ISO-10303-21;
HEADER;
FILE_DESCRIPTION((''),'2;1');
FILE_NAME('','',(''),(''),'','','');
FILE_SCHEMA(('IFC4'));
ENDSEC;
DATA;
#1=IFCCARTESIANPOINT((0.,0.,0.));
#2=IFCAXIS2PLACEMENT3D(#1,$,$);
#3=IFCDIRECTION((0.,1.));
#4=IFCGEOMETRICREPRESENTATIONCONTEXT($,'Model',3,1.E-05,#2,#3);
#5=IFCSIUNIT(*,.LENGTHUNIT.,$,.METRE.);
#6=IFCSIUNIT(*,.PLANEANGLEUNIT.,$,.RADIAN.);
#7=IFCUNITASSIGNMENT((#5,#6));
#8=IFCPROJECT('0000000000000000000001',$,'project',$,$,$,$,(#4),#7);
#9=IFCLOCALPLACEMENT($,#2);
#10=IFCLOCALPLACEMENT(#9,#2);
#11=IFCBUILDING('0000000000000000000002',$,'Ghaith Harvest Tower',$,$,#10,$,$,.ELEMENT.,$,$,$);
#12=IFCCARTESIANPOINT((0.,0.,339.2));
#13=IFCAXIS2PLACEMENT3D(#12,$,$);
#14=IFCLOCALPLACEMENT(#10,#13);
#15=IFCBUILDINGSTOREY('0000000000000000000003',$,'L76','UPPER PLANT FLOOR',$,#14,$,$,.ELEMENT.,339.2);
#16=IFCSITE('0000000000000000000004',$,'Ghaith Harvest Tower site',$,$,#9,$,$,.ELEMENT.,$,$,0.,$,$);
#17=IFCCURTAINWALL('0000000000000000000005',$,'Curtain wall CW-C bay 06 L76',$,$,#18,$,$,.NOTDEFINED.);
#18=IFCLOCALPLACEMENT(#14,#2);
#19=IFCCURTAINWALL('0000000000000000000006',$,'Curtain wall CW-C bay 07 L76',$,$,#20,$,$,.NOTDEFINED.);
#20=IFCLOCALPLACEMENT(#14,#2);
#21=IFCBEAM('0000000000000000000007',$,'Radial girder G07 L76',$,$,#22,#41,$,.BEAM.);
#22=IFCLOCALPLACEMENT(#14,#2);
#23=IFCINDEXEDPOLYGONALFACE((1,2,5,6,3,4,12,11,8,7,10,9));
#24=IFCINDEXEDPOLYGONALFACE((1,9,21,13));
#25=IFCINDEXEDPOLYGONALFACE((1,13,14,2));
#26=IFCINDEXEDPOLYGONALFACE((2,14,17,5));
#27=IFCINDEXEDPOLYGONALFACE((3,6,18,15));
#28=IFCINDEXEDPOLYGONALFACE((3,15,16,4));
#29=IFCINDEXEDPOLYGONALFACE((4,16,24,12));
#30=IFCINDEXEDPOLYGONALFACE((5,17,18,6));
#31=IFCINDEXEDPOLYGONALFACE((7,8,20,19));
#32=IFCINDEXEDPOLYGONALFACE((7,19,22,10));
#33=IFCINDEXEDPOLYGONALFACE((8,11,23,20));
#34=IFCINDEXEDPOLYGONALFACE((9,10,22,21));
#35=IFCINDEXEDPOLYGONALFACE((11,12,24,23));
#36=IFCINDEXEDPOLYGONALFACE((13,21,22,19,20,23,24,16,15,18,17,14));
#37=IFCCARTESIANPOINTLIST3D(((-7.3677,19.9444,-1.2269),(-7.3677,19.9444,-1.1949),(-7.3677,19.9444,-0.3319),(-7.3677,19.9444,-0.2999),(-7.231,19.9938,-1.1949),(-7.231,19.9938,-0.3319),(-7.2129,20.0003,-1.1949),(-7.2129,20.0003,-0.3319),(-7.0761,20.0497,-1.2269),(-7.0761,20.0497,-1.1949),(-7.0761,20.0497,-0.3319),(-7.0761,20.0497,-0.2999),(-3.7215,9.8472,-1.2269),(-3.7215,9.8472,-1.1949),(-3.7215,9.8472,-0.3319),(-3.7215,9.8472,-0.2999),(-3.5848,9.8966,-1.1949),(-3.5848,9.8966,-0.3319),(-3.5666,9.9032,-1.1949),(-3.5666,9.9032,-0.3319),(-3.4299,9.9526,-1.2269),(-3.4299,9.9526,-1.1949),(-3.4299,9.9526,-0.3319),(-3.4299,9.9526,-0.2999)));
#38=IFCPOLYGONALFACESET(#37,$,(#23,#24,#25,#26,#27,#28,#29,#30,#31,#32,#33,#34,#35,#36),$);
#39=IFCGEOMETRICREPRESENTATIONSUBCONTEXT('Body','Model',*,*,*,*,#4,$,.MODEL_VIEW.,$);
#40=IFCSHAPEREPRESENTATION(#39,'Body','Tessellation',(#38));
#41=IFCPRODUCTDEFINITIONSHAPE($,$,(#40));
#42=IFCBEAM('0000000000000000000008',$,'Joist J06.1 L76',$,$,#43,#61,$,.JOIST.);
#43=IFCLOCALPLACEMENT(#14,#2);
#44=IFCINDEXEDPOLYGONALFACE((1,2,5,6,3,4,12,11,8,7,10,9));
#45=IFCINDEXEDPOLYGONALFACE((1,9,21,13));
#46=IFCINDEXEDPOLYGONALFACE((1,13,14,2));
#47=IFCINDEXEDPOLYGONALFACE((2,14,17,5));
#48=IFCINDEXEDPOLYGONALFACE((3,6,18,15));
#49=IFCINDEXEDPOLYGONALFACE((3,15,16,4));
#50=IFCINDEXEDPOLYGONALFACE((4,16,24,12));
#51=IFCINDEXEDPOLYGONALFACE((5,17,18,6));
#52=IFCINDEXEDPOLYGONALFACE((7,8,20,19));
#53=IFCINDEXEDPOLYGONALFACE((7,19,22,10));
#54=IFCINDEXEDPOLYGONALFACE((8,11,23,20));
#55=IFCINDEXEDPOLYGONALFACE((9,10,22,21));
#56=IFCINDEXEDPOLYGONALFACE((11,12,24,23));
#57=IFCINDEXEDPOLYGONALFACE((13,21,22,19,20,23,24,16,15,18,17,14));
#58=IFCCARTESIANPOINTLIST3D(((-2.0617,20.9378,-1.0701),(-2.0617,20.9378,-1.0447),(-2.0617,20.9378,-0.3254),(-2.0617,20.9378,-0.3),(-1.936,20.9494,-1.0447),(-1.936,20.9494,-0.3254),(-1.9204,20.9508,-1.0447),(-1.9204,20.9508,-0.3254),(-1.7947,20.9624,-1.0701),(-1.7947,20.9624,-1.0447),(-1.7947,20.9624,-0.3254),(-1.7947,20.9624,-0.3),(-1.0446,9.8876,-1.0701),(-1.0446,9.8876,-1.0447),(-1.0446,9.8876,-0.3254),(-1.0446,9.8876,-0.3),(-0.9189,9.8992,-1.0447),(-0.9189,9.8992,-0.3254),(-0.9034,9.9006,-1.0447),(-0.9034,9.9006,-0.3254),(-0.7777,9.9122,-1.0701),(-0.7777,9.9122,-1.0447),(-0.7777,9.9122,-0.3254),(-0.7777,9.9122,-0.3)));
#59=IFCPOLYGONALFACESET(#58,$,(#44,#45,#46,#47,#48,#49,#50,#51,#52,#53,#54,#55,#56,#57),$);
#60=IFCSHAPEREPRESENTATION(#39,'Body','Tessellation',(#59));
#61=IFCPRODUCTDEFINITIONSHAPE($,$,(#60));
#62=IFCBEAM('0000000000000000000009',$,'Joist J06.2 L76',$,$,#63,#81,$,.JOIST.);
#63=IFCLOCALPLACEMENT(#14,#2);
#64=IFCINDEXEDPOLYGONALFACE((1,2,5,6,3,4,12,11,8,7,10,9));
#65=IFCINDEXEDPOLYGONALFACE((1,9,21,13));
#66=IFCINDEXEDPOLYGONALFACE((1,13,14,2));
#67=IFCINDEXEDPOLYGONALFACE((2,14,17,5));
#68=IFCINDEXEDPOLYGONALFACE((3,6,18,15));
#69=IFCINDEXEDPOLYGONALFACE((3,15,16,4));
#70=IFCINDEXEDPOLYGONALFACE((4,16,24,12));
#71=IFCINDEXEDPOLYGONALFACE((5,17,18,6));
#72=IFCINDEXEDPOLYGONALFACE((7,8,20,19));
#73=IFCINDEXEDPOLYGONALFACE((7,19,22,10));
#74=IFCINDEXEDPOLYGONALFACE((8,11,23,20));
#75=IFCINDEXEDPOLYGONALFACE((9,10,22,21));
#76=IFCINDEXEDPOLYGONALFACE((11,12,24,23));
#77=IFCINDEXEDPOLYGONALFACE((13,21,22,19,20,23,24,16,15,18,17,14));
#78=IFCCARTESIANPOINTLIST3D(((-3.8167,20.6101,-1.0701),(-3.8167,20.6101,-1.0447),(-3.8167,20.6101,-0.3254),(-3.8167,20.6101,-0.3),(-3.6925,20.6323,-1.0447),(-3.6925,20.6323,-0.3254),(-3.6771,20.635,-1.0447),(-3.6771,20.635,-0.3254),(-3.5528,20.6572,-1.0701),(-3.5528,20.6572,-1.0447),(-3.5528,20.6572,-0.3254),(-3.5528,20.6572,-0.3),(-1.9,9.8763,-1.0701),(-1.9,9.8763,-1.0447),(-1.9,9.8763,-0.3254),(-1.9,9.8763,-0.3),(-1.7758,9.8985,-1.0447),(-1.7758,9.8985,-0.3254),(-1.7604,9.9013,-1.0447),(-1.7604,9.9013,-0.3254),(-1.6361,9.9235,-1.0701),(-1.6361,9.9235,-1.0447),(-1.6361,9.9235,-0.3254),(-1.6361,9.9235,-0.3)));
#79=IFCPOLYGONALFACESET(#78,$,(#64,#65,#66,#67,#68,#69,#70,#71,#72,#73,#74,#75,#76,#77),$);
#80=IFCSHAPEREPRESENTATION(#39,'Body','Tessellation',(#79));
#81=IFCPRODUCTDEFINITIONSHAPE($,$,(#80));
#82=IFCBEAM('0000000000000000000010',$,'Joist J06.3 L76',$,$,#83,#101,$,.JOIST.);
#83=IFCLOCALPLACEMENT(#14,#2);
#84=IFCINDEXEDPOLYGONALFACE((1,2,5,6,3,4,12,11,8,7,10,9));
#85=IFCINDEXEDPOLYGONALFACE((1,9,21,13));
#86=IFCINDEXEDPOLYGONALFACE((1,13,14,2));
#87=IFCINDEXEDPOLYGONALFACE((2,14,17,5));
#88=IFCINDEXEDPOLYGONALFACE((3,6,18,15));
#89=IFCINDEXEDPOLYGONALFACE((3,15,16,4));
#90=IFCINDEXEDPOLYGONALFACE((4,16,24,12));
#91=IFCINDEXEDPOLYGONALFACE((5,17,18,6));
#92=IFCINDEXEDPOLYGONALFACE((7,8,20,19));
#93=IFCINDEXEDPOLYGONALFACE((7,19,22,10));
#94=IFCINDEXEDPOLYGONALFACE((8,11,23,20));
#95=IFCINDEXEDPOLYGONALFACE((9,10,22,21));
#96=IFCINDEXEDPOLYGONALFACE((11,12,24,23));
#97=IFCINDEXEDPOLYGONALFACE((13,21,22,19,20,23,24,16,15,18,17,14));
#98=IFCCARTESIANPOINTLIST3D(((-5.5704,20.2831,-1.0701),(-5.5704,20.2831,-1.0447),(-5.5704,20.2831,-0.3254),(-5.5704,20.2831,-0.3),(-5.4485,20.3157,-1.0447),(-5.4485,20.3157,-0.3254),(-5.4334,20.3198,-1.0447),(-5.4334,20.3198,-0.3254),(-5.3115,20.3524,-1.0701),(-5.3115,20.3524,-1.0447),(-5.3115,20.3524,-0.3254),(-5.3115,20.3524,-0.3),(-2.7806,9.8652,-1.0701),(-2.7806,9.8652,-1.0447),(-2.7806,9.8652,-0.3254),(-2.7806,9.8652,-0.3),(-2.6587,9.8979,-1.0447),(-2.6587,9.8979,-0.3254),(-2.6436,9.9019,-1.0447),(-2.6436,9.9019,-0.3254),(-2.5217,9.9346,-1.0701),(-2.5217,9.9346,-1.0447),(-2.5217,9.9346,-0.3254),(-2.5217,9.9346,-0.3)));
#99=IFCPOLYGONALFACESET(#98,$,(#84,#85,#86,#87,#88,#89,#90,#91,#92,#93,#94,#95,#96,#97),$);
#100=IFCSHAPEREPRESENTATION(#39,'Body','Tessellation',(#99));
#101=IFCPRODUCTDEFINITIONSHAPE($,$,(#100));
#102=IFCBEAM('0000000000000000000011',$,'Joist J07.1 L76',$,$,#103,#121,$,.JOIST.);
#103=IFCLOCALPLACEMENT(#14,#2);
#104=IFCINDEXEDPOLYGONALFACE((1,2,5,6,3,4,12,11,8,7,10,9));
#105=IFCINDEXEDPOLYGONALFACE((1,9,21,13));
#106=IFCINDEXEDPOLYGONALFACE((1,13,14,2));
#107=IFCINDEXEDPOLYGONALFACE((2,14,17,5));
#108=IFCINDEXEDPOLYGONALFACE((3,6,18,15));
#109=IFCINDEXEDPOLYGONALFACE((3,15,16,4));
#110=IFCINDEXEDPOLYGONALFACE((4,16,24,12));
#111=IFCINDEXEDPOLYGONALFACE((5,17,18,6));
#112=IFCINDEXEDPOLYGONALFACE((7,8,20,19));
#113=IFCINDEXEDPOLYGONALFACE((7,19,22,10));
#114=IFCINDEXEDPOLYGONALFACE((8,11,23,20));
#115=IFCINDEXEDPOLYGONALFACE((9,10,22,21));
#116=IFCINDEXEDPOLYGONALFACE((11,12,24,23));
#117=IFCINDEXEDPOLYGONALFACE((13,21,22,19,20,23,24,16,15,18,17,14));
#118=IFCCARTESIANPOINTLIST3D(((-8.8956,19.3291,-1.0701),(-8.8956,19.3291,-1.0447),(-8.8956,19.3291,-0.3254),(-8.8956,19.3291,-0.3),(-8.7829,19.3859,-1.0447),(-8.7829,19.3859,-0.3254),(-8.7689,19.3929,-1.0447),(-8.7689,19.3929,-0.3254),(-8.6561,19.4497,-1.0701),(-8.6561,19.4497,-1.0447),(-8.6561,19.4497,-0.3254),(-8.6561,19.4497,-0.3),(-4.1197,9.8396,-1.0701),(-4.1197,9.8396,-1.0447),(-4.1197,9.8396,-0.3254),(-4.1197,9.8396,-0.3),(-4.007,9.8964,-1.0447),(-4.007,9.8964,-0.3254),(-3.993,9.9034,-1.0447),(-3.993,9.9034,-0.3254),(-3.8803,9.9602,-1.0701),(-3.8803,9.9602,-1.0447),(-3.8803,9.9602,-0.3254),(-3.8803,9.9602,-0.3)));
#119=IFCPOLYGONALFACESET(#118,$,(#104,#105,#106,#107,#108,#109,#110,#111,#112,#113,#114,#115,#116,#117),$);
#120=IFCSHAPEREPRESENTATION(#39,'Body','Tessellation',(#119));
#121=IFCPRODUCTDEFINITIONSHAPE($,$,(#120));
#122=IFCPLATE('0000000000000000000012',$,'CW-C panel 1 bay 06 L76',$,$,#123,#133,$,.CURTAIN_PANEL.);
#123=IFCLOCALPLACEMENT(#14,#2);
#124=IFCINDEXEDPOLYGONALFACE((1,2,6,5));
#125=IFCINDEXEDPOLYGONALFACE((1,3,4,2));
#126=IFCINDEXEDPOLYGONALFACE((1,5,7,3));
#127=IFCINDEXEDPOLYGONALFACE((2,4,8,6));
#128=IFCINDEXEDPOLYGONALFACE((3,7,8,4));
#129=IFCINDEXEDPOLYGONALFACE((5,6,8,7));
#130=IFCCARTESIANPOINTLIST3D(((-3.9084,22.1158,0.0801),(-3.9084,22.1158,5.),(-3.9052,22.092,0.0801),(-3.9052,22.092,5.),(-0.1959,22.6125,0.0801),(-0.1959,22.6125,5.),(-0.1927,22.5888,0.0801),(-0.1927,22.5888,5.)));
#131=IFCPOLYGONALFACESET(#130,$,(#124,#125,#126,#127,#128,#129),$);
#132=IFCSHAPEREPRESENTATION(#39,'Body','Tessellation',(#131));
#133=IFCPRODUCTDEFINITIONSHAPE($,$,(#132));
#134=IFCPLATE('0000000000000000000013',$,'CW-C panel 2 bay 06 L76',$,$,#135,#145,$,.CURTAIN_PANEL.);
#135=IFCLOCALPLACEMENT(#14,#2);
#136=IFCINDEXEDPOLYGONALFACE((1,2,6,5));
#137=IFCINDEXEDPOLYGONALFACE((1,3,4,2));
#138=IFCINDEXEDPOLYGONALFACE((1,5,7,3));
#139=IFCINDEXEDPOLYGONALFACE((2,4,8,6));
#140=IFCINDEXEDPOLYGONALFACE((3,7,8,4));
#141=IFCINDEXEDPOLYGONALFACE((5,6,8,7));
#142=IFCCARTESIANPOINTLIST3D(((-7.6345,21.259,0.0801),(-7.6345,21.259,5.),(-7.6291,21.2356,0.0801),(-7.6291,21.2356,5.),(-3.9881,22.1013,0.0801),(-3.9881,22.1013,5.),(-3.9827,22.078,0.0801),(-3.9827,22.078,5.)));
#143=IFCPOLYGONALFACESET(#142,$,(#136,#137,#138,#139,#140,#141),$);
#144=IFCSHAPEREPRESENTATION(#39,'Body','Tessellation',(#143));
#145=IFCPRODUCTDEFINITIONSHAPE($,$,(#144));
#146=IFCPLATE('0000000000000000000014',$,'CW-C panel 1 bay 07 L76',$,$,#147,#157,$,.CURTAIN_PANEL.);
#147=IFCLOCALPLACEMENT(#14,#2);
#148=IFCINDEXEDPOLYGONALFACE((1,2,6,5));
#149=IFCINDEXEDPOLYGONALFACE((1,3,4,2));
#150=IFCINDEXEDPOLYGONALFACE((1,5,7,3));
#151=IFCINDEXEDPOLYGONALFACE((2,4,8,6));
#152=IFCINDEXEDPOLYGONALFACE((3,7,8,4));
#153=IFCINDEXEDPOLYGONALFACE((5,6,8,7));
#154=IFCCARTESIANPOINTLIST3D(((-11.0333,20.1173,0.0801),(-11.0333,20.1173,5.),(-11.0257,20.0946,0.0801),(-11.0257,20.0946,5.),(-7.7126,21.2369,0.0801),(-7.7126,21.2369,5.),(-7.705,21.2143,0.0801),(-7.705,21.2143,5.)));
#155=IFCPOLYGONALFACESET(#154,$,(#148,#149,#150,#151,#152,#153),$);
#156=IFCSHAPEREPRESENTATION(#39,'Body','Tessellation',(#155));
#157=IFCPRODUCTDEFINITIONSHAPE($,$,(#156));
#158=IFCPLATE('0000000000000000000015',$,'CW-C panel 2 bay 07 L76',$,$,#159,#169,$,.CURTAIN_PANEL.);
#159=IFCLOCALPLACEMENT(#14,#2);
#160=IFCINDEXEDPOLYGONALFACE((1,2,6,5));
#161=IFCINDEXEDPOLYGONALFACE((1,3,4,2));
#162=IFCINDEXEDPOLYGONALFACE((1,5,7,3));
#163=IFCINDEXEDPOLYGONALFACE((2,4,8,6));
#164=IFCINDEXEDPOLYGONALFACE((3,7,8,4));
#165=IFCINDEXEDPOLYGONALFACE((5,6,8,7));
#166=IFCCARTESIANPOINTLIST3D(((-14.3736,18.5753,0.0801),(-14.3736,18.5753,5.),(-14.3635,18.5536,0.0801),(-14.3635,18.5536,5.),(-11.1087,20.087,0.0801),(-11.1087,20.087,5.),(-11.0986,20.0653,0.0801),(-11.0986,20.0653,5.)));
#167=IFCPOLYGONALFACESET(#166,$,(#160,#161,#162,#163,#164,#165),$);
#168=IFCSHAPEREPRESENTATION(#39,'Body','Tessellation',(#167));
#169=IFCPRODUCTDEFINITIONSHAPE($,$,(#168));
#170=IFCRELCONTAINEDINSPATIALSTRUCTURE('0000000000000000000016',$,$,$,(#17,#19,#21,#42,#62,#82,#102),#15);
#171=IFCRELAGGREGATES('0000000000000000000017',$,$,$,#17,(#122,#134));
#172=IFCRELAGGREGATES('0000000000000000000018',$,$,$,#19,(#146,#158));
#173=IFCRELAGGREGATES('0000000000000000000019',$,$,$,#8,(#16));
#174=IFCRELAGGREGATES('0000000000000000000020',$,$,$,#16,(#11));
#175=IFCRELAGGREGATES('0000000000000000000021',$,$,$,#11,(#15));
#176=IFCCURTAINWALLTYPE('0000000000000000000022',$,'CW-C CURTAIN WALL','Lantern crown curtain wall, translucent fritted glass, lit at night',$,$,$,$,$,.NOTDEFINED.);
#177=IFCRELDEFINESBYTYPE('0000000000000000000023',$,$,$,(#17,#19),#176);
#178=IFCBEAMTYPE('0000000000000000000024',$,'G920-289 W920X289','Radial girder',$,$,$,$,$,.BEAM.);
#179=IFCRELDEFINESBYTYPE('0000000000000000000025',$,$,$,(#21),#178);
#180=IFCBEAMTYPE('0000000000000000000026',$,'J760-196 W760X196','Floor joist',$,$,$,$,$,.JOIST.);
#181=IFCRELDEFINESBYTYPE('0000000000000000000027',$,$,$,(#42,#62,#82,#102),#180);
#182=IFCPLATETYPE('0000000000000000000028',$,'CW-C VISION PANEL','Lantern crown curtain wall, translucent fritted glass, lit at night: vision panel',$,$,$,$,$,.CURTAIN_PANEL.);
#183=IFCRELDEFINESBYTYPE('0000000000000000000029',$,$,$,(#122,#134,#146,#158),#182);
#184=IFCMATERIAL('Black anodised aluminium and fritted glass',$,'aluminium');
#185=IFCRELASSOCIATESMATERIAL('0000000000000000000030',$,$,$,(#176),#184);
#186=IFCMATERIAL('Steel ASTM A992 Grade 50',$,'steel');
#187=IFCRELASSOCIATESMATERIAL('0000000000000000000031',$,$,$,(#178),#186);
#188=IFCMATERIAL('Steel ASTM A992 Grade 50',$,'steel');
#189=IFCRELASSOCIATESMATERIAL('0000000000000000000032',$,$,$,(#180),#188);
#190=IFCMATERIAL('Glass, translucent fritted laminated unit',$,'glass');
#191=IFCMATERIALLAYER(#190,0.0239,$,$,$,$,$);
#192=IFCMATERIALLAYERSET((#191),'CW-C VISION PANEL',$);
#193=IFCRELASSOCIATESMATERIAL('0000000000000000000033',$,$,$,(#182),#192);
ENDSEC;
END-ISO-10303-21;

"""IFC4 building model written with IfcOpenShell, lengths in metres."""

from ifc_helpers import new_model, si_unit, direction, frame, origin, origin_2d, place, context, subcontext, project, spatial, rectangle, i_section, extrude, material, layer, layer_set, material_profile, profile_set, type_object, element, aggregate, save


model = new_model("IFC4")

# Units and contexts
model_context = context("Model", 3, precision=1e-05, world=origin(), true_north=direction((0.0, 1.0)))
body_context = subcontext(model_context, "Body", "Model", "MODEL_VIEW")
ifc_project = project(units=[si_unit("LENGTHUNIT", "METRE"), si_unit("PLANEANGLEUNIT", "RADIAN")], contexts=[model_context])

# Site, building, storey
site_placement = place(None, origin())
site = spatial("IfcSite", under=ifc_project, at=site_placement, Name="Ghaith Harvest Tower site", CompositionType="ELEMENT", RefElevation=0.0)
building_placement = place(site_placement, origin())
building = spatial("IfcBuilding", under=site, at=building_placement, Name="Ghaith Harvest Tower", CompositionType="ELEMENT")
storey_placement = place(building_placement, frame((0.0, 0.0, 339.2)))
storey = spatial("IfcBuildingStorey", under=building, at=storey_placement, Name="L76", Description="UPPER PLANT FLOOR", CompositionType="ELEMENT", Elevation=339.2)

# Curtain walls
ifc_material_1 = material(Name="Black anodised aluminium and fritted glass", Category="aluminium")
curtain_wall_type = type_object("IfcCurtainWallType", Name="CW-C CURTAIN WALL", Description="Lantern crown curtain wall, translucent fritted glass, lit at night", PredefinedType="NOTDEFINED", material=ifc_material_1)
curtain_wall_1_placement = place(storey_placement, origin())
curtain_wall_1 = element("IfcCurtainWall", 1, at=curtain_wall_1_placement, inside=storey, type_object=curtain_wall_type, Name="Curtain wall CW-C bay 06 L76", PredefinedType="NOTDEFINED")
curtain_wall_2_placement = place(storey_placement, origin())
curtain_wall_2 = element("IfcCurtainWall", 2, at=curtain_wall_2_placement, inside=storey, type_object=curtain_wall_type, Name="Curtain wall CW-C bay 07 L76", PredefinedType="NOTDEFINED")

# Beams
ifc_material_2 = material(Name="Steel ASTM A992 Grade 50", Category="steel")
ifc_material_profile_1 = material_profile(ifc_material_2, i_section(OverallWidth=0.3101, OverallDepth=0.927, WebThickness=0.0193, FlangeThickness=0.032, at=origin_2d()), Name="W920X289")
ifc_profile_set_1 = profile_set([ifc_material_profile_1], Name="Steel ASTM A992 Grade 50")
beam_type_1 = type_object("IfcBeamType", Name="G920-289 W920X289", Description="Radial girder", PredefinedType="BEAM", material=ifc_profile_set_1)
beam_1_placement = place(storey_placement, frame((-3.5757, 9.8999, -0.7634), z_axis=(-0.339648, 0.940553, 0.0), x_axis=(-0.940553, -0.339648, 0.0)))
element("IfcBeam", 3, at=beam_1_placement, inside=storey, type_object=beam_type_1, Name="Radial girder G07 L76", PredefinedType="BEAM", context=body_context, shape_type="SweptSolid", body=[
    extrude(i_section(OverallWidth=0.3101, OverallDepth=0.927, WebThickness=0.0193, FlangeThickness=0.032, at=origin_2d()), origin(), (0.0, 0.0, 1.0), 10.7354),
])
ifc_material_3 = material(Name="Steel ASTM A992 Grade 50", Category="steel")
ifc_material_profile_2 = material_profile(ifc_material_3, i_section(OverallWidth=0.2681, OverallDepth=0.77, WebThickness=0.0156, FlangeThickness=0.0254, at=origin_2d()), Name="W760X196")
ifc_profile_set_2 = profile_set([ifc_material_profile_2], Name="Steel ASTM A992 Grade 50")
beam_type_2 = type_object("IfcBeamType", Name="J760-196 W760X196", Description="Floor joist", PredefinedType="JOIST", material=ifc_profile_set_2)
beam_2_placement = place(storey_placement, frame((-0.9111, 9.8999, -0.6851), z_axis=(-0.091654, 0.995791, 0.0), x_axis=(-0.995791, -0.091654, 0.0)))
element("IfcBeam", 4, at=beam_2_placement, inside=storey, type_object=beam_type_2, Name="Joist J06.1 L76", PredefinedType="JOIST", context=body_context, shape_type="SweptSolid", body=[
    extrude(i_section(OverallWidth=0.2681, OverallDepth=0.77, WebThickness=0.0156, FlangeThickness=0.0254, at=origin_2d()), origin(), (0.0, 0.0, 1.0), 11.0969),
])
beam_3_placement = place(storey_placement, frame((-1.7681, 9.8999, -0.6851), z_axis=(-0.175789, 0.984428, 0.0), x_axis=(-0.984428, -0.175789, 0.0)))
element("IfcBeam", 5, at=beam_3_placement, inside=storey, type_object=beam_type_2, Name="Joist J06.2 L76", PredefinedType="JOIST", context=body_context, shape_type="SweptSolid", body=[
    extrude(i_section(OverallWidth=0.2681, OverallDepth=0.77, WebThickness=0.0156, FlangeThickness=0.0254, at=origin_2d()), origin(), (0.0, 0.0, 1.0), 10.9036),
])
beam_4_placement = place(storey_placement, frame((-2.6511, 9.8999, -0.6851), z_axis=(-0.258678, 0.965964, 0.0), x_axis=(-0.965964, -0.258678, 0.0)))
element("IfcBeam", 6, at=beam_4_placement, inside=storey, type_object=beam_type_2, Name="Joist J06.3 L76", PredefinedType="JOIST", context=body_context, shape_type="SweptSolid", body=[
    extrude(i_section(OverallWidth=0.2681, OverallDepth=0.77, WebThickness=0.0156, FlangeThickness=0.0254, at=origin_2d()), origin(), (0.0, 0.0, 1.0), 10.7849),
])
beam_5_placement = place(storey_placement, frame((-4.0, 9.8999, -0.6851), z_axis=(-0.449556, 0.893252, 0.0), x_axis=(-0.893252, -0.449556, 0.0)))
element("IfcBeam", 7, at=beam_5_placement, inside=storey, type_object=beam_type_2, Name="Joist J07.1 L76", PredefinedType="JOIST", context=body_context, shape_type="SweptSolid", body=[
    extrude(i_section(OverallWidth=0.2681, OverallDepth=0.77, WebThickness=0.0156, FlangeThickness=0.0254, at=origin_2d()), origin(), (0.0, 0.0, 1.0), 10.6235),
])

# Plates
ifc_material_4 = material(Name="Glass, translucent fritted laminated unit", Category="glass")
ifc_layer = layer(ifc_material_4, 0.0239)
ifc_layer_set = layer_set([ifc_layer], Name="CW-C VISION PANEL")
plate_type = type_object("IfcPlateType", Name="CW-C VISION PANEL", Description="Lantern crown curtain wall, translucent fritted glass, lit at night: vision panel", PredefinedType="CURTAIN_PANEL", material=ifc_layer_set)
plate_1_placement = place(storey_placement, frame((-2.0505, 22.3523, 0.0801), z_axis=(0.0, 0.0, 1.0), x_axis=(-0.991165, -0.132633, 0.0)))
plate_1 = element("IfcPlate", 8, at=plate_1_placement, type_object=plate_type, Name="CW-C panel 1 bay 06 L76", PredefinedType="CURTAIN_PANEL", context=body_context, shape_type="SweptSolid", body=[
    extrude(rectangle(XDim=3.7456, YDim=0.0239, at=origin_2d()), origin(), (0.0, 0.0, 1.0), 4.9199),
])
plate_2_placement = place(storey_placement, frame((-5.8086, 21.6685, 0.0801), z_axis=(0.0, 0.0, 1.0), x_axis=(-0.974342, -0.225072, 0.0)))
plate_2 = element("IfcPlate", 9, at=plate_2_placement, type_object=plate_type, Name="CW-C panel 2 bay 06 L76", PredefinedType="CURTAIN_PANEL", context=body_context, shape_type="SweptSolid", body=[
    extrude(rectangle(XDim=3.7424, YDim=0.0239, at=origin_2d()), origin(), (0.0, 0.0, 1.0), 4.9199),
])
aggregate(curtain_wall_1, [plate_1, plate_2])
plate_3_placement = place(storey_placement, frame((-9.3691, 20.6658, 0.0801), z_axis=(0.0, 0.0, 1.0), x_axis=(-0.947586, -0.3195, 0.0)))
plate_3 = element("IfcPlate", 10, at=plate_3_placement, type_object=plate_type, Name="CW-C panel 1 bay 07 L76", PredefinedType="CURTAIN_PANEL", context=body_context, shape_type="SweptSolid", body=[
    extrude(rectangle(XDim=3.5044, YDim=0.0239, at=origin_2d()), origin(), (0.0, 0.0, 1.0), 4.9199),
])
plate_4_placement = place(storey_placement, frame((-12.7361, 19.3203, 0.0801), z_axis=(0.0, 0.0, 1.0), x_axis=(-0.90745, -0.42016, 0.0)))
plate_4 = element("IfcPlate", 11, at=plate_4_placement, type_object=plate_type, Name="CW-C panel 2 bay 07 L76", PredefinedType="CURTAIN_PANEL", context=body_context, shape_type="SweptSolid", body=[
    extrude(rectangle(XDim=3.5979, YDim=0.0239, at=origin_2d()), origin(), (0.0, 0.0, 1.0), 4.9199),
])
aggregate(curtain_wall_2, [plate_3, plate_4])

save(model, "model.ifc")
